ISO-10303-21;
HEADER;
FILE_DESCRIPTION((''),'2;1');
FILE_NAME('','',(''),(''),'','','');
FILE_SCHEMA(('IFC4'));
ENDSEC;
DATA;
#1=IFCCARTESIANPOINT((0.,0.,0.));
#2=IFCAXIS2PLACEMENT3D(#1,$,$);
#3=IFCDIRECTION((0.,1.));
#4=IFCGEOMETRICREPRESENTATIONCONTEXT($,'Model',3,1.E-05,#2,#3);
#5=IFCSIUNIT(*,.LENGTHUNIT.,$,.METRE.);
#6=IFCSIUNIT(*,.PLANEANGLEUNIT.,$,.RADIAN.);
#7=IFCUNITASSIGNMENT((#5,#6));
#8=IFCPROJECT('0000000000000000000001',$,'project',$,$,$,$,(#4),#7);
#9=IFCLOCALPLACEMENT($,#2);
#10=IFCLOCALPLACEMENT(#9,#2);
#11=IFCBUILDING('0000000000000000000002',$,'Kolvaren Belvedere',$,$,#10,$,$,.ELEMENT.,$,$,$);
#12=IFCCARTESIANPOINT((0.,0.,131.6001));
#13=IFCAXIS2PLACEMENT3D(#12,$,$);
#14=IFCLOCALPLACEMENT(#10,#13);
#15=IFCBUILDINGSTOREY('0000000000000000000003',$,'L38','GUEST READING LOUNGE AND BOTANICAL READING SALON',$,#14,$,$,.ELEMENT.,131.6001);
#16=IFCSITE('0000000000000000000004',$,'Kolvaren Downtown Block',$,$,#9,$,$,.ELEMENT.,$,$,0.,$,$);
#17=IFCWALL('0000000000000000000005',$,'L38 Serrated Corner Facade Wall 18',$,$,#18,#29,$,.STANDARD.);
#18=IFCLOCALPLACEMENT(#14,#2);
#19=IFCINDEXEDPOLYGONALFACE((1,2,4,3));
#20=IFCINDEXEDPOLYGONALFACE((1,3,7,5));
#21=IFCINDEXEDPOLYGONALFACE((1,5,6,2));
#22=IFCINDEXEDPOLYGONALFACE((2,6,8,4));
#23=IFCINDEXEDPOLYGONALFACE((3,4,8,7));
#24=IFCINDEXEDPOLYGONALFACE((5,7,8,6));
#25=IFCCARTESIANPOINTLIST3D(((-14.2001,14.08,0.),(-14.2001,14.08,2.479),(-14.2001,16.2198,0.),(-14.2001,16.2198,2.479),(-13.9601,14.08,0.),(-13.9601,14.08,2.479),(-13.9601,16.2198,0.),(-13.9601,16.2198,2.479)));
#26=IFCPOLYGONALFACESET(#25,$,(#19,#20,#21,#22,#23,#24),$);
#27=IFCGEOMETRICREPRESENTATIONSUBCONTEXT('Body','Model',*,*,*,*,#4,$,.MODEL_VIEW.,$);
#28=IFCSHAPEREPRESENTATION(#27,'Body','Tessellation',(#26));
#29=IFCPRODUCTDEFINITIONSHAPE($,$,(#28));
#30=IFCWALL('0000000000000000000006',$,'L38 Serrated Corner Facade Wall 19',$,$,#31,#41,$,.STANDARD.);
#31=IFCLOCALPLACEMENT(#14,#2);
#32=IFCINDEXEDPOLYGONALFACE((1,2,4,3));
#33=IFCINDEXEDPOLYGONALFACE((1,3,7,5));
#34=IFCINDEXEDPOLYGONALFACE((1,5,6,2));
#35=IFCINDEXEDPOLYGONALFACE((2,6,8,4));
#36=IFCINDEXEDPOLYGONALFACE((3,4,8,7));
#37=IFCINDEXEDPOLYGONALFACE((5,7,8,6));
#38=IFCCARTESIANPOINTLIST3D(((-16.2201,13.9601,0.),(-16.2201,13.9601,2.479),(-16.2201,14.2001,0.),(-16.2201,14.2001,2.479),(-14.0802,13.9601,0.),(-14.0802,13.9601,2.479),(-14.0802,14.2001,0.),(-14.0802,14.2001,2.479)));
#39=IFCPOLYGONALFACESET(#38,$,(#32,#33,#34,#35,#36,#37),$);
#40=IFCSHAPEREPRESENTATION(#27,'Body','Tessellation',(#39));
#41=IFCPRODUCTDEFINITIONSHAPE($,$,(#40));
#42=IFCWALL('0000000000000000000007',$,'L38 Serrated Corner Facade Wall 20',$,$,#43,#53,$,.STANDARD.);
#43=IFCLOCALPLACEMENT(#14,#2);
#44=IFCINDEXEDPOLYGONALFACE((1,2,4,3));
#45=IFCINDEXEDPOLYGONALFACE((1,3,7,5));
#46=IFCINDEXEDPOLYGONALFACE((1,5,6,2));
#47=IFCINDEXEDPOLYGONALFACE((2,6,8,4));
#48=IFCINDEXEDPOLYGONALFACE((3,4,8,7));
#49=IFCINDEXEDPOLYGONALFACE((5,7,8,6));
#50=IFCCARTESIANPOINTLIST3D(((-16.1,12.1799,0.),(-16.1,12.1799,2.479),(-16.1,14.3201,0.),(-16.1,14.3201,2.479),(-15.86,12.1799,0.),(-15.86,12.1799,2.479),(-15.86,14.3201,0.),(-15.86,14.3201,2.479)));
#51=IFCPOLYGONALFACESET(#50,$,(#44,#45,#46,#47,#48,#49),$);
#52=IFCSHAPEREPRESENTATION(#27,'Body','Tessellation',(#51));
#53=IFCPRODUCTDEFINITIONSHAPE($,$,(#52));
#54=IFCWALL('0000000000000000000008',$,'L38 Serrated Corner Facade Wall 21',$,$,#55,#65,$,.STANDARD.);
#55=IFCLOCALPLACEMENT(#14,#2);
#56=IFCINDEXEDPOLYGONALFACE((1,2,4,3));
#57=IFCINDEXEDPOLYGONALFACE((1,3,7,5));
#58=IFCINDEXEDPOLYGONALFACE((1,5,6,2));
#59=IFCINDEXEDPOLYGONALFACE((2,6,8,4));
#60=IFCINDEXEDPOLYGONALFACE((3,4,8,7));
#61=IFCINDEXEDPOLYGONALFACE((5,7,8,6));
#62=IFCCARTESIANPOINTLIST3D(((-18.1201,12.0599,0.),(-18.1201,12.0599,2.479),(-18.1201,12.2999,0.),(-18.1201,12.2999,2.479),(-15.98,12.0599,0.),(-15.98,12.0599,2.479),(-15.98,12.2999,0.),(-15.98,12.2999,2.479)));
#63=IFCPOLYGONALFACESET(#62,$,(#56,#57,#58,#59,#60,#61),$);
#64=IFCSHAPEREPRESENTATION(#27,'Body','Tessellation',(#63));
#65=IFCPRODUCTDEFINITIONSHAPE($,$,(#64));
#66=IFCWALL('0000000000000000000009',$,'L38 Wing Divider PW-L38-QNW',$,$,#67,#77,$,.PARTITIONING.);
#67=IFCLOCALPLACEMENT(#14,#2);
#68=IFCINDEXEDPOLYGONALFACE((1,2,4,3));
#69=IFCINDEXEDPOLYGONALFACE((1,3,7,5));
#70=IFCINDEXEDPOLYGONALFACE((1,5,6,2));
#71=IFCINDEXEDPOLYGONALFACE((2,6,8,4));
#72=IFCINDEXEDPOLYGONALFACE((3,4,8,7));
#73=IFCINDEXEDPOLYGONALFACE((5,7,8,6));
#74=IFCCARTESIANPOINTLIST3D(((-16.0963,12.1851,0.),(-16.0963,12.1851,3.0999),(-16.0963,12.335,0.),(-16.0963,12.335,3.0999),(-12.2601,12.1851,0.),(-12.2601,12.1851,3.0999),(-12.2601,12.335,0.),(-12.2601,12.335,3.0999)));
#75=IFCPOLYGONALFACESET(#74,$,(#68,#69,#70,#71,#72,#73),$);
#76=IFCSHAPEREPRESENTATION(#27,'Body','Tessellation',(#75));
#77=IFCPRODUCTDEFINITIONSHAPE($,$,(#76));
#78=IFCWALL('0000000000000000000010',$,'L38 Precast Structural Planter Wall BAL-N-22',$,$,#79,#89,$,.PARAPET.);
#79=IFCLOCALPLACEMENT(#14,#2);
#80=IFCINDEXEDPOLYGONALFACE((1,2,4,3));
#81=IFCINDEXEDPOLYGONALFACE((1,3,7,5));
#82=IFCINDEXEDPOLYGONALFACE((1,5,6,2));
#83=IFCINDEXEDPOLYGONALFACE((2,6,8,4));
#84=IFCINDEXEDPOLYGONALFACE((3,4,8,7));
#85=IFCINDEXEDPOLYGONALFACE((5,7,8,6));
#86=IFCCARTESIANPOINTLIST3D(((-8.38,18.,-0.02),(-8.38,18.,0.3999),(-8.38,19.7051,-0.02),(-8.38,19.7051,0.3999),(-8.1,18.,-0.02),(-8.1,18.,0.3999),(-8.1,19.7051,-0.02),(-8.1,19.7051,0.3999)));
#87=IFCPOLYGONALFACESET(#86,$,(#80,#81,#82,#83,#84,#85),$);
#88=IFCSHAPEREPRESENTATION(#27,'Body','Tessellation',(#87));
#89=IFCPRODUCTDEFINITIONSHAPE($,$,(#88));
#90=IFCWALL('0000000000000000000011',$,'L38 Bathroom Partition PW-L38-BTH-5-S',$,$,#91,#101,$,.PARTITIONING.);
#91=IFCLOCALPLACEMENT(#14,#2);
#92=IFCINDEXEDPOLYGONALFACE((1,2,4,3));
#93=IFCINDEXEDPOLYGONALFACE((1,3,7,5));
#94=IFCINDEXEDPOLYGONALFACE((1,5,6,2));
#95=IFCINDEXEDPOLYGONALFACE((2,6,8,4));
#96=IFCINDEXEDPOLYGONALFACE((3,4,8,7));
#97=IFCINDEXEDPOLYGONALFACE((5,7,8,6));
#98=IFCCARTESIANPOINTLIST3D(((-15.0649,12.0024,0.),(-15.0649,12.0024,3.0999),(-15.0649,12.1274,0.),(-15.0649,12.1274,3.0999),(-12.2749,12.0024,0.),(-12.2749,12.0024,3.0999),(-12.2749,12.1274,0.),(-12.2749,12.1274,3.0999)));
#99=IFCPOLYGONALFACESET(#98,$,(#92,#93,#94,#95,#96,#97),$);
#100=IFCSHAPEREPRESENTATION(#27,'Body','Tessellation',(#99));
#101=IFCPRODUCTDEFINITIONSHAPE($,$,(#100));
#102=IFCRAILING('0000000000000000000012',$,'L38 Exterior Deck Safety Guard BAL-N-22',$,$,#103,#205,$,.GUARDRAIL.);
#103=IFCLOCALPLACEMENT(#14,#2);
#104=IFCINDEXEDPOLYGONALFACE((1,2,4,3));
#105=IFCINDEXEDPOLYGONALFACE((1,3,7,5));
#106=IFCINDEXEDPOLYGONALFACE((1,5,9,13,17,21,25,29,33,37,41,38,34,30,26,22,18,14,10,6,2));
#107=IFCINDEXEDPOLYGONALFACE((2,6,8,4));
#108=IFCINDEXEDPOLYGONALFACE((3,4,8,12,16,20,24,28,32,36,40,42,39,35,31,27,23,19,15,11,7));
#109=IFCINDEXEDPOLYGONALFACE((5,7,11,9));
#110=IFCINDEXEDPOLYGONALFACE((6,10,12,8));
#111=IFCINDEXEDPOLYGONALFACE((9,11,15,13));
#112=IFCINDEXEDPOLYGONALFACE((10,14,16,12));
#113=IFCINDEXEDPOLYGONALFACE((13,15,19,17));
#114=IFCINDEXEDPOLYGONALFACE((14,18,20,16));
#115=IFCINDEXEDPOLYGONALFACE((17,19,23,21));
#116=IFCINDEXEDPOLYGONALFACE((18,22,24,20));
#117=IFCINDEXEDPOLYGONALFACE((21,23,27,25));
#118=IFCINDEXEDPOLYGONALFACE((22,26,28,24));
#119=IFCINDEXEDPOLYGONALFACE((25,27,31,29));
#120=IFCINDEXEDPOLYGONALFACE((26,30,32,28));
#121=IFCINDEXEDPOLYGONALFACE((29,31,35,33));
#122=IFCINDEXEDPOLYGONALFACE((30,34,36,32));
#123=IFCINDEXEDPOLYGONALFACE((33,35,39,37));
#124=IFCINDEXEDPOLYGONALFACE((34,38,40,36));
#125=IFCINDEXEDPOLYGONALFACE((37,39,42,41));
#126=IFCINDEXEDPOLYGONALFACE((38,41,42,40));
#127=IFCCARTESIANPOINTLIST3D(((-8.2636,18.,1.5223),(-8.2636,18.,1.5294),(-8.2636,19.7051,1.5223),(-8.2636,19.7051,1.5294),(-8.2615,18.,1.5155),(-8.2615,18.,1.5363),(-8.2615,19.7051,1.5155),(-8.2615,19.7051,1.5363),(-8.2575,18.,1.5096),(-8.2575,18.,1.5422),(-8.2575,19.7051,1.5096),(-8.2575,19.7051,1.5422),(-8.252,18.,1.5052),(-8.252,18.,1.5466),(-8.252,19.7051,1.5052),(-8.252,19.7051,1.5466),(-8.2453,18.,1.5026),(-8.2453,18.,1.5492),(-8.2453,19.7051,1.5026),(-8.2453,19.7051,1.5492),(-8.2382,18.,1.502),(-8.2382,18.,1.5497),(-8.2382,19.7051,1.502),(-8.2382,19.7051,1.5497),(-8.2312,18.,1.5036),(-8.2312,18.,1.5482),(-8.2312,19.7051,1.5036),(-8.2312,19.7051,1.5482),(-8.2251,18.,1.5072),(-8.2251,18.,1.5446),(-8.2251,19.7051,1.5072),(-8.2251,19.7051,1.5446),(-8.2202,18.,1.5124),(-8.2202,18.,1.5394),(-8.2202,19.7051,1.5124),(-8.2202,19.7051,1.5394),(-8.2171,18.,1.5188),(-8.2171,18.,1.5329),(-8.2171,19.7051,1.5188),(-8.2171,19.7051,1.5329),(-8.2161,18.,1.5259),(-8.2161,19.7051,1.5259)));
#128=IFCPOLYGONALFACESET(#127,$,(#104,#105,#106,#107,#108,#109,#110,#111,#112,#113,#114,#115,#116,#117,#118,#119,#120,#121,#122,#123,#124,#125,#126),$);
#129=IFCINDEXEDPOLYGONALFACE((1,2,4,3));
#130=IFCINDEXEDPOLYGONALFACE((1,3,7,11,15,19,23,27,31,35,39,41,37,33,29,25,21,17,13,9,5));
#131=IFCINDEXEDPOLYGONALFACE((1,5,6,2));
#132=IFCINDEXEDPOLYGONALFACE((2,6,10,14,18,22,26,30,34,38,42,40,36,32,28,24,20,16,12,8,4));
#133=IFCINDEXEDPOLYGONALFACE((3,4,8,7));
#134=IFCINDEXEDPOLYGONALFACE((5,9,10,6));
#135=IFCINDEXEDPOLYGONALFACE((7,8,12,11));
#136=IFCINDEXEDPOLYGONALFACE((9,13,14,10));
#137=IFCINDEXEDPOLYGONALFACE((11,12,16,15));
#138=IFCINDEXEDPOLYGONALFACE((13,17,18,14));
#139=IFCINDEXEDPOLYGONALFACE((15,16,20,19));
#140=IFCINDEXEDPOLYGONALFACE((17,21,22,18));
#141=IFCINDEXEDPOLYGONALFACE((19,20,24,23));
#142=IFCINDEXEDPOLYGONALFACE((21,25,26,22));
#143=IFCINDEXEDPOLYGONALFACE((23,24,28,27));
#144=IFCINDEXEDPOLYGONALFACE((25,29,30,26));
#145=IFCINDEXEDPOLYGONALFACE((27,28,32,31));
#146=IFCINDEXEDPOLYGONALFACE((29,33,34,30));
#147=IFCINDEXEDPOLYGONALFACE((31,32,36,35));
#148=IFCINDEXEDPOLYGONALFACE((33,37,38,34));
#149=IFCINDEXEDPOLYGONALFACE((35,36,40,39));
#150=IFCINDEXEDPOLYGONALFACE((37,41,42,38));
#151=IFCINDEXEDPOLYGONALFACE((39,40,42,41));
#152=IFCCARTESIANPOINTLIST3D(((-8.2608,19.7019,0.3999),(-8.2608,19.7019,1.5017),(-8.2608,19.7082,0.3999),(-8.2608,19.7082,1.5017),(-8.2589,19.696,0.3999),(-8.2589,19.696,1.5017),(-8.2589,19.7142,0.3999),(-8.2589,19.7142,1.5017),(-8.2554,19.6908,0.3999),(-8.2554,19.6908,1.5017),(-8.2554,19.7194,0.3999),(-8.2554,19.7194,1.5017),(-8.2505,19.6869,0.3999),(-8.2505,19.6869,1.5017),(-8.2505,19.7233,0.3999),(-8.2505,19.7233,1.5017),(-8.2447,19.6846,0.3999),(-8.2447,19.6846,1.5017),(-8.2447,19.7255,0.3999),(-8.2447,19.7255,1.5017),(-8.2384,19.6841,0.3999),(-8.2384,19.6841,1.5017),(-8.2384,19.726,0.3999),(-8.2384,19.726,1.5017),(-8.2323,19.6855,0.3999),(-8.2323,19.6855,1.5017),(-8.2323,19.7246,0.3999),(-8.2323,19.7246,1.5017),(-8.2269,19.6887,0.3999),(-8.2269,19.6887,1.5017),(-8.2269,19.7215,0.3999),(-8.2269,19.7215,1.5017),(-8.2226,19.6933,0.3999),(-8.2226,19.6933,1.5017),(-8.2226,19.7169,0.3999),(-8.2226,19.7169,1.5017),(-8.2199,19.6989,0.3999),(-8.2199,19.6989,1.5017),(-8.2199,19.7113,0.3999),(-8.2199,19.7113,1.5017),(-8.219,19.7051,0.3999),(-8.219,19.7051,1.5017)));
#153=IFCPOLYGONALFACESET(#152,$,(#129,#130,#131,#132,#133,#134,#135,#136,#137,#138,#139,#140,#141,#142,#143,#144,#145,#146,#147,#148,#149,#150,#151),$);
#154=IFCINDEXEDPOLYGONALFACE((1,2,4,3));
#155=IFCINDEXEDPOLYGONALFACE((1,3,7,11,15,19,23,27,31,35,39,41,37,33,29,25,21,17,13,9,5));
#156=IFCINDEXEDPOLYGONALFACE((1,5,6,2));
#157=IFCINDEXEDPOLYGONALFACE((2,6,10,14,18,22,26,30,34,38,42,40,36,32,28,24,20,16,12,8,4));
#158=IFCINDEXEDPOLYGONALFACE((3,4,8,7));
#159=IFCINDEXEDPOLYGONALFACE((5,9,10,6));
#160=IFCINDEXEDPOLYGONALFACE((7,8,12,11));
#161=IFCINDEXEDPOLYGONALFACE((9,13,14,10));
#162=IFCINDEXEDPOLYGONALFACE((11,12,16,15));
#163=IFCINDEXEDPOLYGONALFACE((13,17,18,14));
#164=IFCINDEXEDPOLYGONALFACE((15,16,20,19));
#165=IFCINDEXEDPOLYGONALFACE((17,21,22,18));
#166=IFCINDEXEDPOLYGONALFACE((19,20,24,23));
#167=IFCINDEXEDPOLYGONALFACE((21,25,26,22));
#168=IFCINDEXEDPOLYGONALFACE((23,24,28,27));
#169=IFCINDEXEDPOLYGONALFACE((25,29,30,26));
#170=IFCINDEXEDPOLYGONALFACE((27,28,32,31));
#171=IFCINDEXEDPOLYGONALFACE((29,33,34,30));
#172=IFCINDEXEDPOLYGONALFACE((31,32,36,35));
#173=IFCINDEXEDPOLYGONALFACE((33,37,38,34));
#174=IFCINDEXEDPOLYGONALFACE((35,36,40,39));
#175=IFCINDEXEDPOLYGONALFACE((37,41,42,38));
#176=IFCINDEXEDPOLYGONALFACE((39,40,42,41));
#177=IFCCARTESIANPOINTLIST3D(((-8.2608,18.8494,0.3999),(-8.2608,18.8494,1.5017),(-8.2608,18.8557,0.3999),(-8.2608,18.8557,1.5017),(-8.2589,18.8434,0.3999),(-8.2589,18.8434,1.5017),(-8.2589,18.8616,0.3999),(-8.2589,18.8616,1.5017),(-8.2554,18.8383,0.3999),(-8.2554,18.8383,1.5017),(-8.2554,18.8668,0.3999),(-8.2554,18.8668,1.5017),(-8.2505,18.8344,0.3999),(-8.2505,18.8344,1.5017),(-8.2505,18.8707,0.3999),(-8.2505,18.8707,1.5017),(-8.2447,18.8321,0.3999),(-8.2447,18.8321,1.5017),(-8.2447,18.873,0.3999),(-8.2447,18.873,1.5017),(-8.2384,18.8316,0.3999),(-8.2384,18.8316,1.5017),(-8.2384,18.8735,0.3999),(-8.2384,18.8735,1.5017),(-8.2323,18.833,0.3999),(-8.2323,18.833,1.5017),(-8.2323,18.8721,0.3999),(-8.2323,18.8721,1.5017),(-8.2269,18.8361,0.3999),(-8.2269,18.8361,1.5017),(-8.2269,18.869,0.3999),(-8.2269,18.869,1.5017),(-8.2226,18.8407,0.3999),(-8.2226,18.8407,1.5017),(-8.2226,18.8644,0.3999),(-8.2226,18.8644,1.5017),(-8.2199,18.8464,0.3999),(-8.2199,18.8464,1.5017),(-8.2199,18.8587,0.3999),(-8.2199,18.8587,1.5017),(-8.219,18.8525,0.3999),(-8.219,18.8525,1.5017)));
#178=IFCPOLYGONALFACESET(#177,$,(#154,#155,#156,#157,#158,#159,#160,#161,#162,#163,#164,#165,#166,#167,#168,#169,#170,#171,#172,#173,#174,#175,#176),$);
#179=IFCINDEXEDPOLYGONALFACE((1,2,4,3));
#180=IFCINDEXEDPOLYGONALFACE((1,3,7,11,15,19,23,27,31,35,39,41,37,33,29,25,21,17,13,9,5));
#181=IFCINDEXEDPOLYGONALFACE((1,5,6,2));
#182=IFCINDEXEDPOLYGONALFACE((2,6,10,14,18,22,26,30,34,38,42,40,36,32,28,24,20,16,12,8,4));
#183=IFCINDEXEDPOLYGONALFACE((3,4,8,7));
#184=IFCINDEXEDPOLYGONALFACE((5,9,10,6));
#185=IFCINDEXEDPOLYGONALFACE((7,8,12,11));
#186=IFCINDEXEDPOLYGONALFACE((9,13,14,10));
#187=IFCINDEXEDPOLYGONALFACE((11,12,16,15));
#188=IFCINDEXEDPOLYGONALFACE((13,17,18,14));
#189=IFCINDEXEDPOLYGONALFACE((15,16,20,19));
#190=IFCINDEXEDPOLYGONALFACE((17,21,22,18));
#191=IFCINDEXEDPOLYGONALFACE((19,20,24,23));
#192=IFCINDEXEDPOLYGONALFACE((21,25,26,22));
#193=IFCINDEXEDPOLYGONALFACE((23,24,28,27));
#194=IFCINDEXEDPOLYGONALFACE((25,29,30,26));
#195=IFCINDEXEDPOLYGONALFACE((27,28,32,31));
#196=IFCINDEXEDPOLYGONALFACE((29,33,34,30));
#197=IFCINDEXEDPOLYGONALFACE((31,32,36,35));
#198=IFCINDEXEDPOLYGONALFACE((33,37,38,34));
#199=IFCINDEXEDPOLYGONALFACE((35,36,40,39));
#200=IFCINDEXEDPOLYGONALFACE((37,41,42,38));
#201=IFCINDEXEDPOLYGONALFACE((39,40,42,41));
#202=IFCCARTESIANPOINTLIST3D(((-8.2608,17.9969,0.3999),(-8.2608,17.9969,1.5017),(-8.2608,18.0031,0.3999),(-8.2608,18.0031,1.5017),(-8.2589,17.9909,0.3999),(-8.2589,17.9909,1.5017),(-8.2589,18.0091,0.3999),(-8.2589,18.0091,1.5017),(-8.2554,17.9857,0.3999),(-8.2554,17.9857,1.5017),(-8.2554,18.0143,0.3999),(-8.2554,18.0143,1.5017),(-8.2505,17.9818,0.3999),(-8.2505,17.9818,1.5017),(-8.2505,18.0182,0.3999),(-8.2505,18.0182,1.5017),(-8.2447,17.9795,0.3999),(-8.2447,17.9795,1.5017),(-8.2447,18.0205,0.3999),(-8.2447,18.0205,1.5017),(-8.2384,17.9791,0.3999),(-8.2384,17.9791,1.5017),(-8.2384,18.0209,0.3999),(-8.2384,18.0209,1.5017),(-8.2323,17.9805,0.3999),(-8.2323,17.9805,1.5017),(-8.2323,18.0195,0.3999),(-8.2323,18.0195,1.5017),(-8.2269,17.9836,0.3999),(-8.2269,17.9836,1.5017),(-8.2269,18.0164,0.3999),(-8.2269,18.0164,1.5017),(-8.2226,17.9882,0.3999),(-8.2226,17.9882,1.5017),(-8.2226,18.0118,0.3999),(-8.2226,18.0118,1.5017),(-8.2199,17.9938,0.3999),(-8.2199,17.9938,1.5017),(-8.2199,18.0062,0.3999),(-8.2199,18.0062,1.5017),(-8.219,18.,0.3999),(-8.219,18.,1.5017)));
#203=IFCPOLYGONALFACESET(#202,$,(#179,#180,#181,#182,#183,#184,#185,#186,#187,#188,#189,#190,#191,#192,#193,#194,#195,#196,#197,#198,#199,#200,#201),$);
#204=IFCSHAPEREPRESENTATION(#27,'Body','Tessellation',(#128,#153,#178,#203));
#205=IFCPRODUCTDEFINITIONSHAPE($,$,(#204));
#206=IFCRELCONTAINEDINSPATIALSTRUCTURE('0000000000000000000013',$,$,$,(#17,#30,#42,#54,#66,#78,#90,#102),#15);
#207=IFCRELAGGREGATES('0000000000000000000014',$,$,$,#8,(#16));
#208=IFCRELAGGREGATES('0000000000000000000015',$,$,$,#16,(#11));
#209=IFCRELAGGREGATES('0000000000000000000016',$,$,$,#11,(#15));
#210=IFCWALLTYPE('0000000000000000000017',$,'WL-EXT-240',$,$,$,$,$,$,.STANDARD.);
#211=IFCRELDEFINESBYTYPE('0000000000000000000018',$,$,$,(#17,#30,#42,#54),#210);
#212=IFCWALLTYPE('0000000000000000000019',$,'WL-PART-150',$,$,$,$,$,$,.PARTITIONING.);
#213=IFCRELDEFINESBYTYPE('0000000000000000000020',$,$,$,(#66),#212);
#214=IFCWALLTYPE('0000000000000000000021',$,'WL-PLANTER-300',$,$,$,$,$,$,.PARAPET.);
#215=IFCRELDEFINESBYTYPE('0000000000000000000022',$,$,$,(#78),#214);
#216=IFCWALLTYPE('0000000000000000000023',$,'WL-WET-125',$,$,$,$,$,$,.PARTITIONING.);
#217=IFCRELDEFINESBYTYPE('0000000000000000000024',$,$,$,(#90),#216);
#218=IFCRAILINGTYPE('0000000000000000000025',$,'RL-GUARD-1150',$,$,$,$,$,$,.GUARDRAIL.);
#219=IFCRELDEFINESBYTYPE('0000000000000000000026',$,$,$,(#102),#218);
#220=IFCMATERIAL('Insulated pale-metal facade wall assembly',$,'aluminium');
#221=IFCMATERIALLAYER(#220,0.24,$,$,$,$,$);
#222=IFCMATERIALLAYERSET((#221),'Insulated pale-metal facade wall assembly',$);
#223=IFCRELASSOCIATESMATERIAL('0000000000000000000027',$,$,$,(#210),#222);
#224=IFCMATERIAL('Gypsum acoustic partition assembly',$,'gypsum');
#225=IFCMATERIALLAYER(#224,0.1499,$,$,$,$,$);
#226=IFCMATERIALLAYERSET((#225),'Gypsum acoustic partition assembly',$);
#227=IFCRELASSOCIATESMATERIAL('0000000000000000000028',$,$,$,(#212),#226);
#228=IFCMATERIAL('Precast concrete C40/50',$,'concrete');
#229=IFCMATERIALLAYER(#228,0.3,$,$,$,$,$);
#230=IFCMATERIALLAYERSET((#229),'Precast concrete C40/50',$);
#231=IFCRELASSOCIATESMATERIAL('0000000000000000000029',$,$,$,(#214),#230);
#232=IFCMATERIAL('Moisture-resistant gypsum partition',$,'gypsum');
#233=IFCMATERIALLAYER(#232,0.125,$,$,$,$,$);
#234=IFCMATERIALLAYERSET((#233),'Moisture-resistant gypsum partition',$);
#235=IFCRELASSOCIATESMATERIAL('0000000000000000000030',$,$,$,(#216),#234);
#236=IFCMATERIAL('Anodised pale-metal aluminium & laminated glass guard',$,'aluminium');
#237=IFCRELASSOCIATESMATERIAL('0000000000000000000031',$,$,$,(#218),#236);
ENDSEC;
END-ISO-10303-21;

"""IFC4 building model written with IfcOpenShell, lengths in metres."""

from ifc_helpers import new_model, si_unit, direction, frame, frame_2d, origin, origin_2d, place, context, subcontext, project, spatial, rectangle, circle, extrude, material, layer, layer_set, type_object, element, save


model = new_model("IFC4")

# Units and contexts
model_context = context("Model", 3, precision=1e-05, world=origin(), true_north=direction((0.0, 1.0)))
body_context = subcontext(model_context, "Body", "Model", "MODEL_VIEW")
ifc_project = project(units=[si_unit("LENGTHUNIT", "METRE"), si_unit("PLANEANGLEUNIT", "RADIAN")], contexts=[model_context])

# Site, building, storey
site_placement = place(None, origin())
site = spatial("IfcSite", under=ifc_project, at=site_placement, Name="Kolvaren Downtown Block", CompositionType="ELEMENT", RefElevation=0.0)
building_placement = place(site_placement, origin())
building = spatial("IfcBuilding", under=site, at=building_placement, Name="Kolvaren Belvedere", CompositionType="ELEMENT")
storey_placement = place(building_placement, frame((0.0, 0.0, 131.6001)))
storey = spatial("IfcBuildingStorey", under=building, at=storey_placement, Name="L38", Description="GUEST READING LOUNGE AND BOTANICAL READING SALON", CompositionType="ELEMENT", Elevation=131.6001)

# Walls
ifc_material_1 = material(Name="Insulated pale-metal facade wall assembly", Category="aluminium")
ifc_layer_1 = layer(ifc_material_1, 0.24)
ifc_layer_set_1 = layer_set([ifc_layer_1], Name="Insulated pale-metal facade wall assembly")
wall_type_1 = type_object("IfcWallType", Name="WL-EXT-240", PredefinedType="STANDARD", material=ifc_layer_set_1)
for number, where, z_axis, x_axis, name in (
    (1, (-14.0801, 14.0801, 0.0), (0.0, 0.0, 1.0), (0.0, 1.0, 0.0), "L38 Serrated Corner Facade Wall 18"),
    (2, (-16.22, 14.0801, 0.0), (0.0, 0.0, 1.0), (1.0, 0.0, 0.0), "L38 Serrated Corner Facade Wall 19"),
):
    element("IfcWall", number, at=place(storey_placement, frame(where, z_axis=z_axis, x_axis=x_axis)), inside=storey, type_object=wall_type_1, Name=name, PredefinedType="STANDARD", context=body_context, shape_type="SweptSolid", body=[
        extrude(rectangle(XDim=2.1399, YDim=0.24, at=frame_2d((1.0698, 0.0))), origin(), (0.0, 0.0, 1.0), 2.479),
    ])
for number, where, z_axis, x_axis, name in (
    (3, (-15.98, 12.1799, 0.0), (0.0, 0.0, 1.0), (0.0, 1.0, 0.0), "L38 Serrated Corner Facade Wall 20"),
    (4, (-18.1201, 12.1799, 0.0), (0.0, 0.0, 1.0), (1.0, 0.0, 0.0), "L38 Serrated Corner Facade Wall 21"),
):
    element("IfcWall", number, at=place(storey_placement, frame(where, z_axis=z_axis, x_axis=x_axis)), inside=storey, type_object=wall_type_1, Name=name, PredefinedType="STANDARD", context=body_context, shape_type="SweptSolid", body=[
        extrude(rectangle(XDim=2.1401, YDim=0.24, at=frame_2d((1.0701, 0.0))), origin(), (0.0, 0.0, 1.0), 2.479),
    ])
ifc_material_2 = material(Name="Gypsum acoustic partition assembly", Category="gypsum")
ifc_layer_2 = layer(ifc_material_2, 0.1499)
ifc_layer_set_2 = layer_set([ifc_layer_2], Name="Gypsum acoustic partition assembly")
wall_type_2 = type_object("IfcWallType", Name="WL-PART-150", PredefinedType="PARTITIONING", material=ifc_layer_set_2)
wall_1_placement = place(storey_placement, frame((-16.0962, 12.26, 0.0), z_axis=(0.0, 0.0, 1.0), x_axis=(1.0, 0.0, 0.0)))
element("IfcWall", 5, at=wall_1_placement, inside=storey, type_object=wall_type_2, Name="L38 Wing Divider PW-L38-QNW", PredefinedType="PARTITIONING", context=body_context, shape_type="SweptSolid", body=[
    extrude(rectangle(XDim=3.8362, YDim=0.1499, at=frame_2d((1.918, 0.0))), origin(), (0.0, 0.0, 1.0), 3.0999),
])
ifc_material_3 = material(Name="Precast concrete C40/50", Category="concrete")
ifc_layer_3 = layer(ifc_material_3, 0.3)
ifc_layer_set_3 = layer_set([ifc_layer_3], Name="Precast concrete C40/50")
wall_type_3 = type_object("IfcWallType", Name="WL-PLANTER-300", PredefinedType="PARAPET", material=ifc_layer_set_3)
wall_2_placement = place(storey_placement, frame((-8.24, 19.7051, -0.02), z_axis=(0.0, 0.0, 1.0), x_axis=(0.0, -1.0, 0.0)))
element("IfcWall", 6, at=wall_2_placement, inside=storey, type_object=wall_type_3, Name="L38 Precast Structural Planter Wall BAL-N-22", PredefinedType="PARAPET", context=body_context, shape_type="SweptSolid", body=[
    extrude(rectangle(XDim=1.7051, YDim=0.28, at=frame_2d((0.8525, 0.0))), origin(), (0.0, 0.0, 1.0), 0.4199),
])
ifc_material_4 = material(Name="Moisture-resistant gypsum partition", Category="gypsum")
ifc_layer_4 = layer(ifc_material_4, 0.125)
ifc_layer_set_4 = layer_set([ifc_layer_4], Name="Moisture-resistant gypsum partition")
wall_type_4 = type_object("IfcWallType", Name="WL-WET-125", PredefinedType="PARTITIONING", material=ifc_layer_set_4)
wall_3_placement = place(storey_placement, frame((-15.0649, 12.0649, 0.0), z_axis=(0.0, 0.0, 1.0), x_axis=(1.0, 0.0, 0.0)))
element("IfcWall", 7, at=wall_3_placement, inside=storey, type_object=wall_type_4, Name="L38 Bathroom Partition PW-L38-BTH-5-S", PredefinedType="PARTITIONING", context=body_context, shape_type="SweptSolid", body=[
    extrude(rectangle(XDim=2.79, YDim=0.125, at=frame_2d((1.395, 0.0))), origin(), (0.0, 0.0, 1.0), 3.0999),
])

# Railing
ifc_material_5 = material(Name="Anodised pale-metal aluminium & laminated glass guard", Category="aluminium")
railing_type = type_object("IfcRailingType", Name="RL-GUARD-1150", PredefinedType="GUARDRAIL", material=ifc_material_5)
railing_placement = place(storey_placement, frame((-8.24, 19.7051, 0.3999)))
element("IfcRailing", 8, at=railing_placement, inside=storey, type_object=railing_type, Name="L38 Exterior Deck Safety Guard BAL-N-22", PredefinedType="GUARDRAIL", context=body_context, shape_type="SweptSolid", body=[
    extrude(circle(Radius=0.0239, at=origin_2d()), frame((0.0, 0.0, 1.126), z_axis=(0.0, -1.0, 0.0), x_axis=(1.0, 0.0, 0.0)), (0.0, 0.0, 1.0), 1.7051),
    extrude(circle(Radius=0.021, at=origin_2d()), origin(), (0.0, 0.0, 1.0), 1.1018),
    extrude(circle(Radius=0.021, at=origin_2d()), frame((0.0, -0.8525, 0.0)), (0.0, 0.0, 1.0), 1.1018),
    extrude(circle(Radius=0.021, at=origin_2d()), frame((0.0, -1.7051, 0.0)), (0.0, 0.0, 1.0), 1.1018),
])

save(model, "model.ifc")
